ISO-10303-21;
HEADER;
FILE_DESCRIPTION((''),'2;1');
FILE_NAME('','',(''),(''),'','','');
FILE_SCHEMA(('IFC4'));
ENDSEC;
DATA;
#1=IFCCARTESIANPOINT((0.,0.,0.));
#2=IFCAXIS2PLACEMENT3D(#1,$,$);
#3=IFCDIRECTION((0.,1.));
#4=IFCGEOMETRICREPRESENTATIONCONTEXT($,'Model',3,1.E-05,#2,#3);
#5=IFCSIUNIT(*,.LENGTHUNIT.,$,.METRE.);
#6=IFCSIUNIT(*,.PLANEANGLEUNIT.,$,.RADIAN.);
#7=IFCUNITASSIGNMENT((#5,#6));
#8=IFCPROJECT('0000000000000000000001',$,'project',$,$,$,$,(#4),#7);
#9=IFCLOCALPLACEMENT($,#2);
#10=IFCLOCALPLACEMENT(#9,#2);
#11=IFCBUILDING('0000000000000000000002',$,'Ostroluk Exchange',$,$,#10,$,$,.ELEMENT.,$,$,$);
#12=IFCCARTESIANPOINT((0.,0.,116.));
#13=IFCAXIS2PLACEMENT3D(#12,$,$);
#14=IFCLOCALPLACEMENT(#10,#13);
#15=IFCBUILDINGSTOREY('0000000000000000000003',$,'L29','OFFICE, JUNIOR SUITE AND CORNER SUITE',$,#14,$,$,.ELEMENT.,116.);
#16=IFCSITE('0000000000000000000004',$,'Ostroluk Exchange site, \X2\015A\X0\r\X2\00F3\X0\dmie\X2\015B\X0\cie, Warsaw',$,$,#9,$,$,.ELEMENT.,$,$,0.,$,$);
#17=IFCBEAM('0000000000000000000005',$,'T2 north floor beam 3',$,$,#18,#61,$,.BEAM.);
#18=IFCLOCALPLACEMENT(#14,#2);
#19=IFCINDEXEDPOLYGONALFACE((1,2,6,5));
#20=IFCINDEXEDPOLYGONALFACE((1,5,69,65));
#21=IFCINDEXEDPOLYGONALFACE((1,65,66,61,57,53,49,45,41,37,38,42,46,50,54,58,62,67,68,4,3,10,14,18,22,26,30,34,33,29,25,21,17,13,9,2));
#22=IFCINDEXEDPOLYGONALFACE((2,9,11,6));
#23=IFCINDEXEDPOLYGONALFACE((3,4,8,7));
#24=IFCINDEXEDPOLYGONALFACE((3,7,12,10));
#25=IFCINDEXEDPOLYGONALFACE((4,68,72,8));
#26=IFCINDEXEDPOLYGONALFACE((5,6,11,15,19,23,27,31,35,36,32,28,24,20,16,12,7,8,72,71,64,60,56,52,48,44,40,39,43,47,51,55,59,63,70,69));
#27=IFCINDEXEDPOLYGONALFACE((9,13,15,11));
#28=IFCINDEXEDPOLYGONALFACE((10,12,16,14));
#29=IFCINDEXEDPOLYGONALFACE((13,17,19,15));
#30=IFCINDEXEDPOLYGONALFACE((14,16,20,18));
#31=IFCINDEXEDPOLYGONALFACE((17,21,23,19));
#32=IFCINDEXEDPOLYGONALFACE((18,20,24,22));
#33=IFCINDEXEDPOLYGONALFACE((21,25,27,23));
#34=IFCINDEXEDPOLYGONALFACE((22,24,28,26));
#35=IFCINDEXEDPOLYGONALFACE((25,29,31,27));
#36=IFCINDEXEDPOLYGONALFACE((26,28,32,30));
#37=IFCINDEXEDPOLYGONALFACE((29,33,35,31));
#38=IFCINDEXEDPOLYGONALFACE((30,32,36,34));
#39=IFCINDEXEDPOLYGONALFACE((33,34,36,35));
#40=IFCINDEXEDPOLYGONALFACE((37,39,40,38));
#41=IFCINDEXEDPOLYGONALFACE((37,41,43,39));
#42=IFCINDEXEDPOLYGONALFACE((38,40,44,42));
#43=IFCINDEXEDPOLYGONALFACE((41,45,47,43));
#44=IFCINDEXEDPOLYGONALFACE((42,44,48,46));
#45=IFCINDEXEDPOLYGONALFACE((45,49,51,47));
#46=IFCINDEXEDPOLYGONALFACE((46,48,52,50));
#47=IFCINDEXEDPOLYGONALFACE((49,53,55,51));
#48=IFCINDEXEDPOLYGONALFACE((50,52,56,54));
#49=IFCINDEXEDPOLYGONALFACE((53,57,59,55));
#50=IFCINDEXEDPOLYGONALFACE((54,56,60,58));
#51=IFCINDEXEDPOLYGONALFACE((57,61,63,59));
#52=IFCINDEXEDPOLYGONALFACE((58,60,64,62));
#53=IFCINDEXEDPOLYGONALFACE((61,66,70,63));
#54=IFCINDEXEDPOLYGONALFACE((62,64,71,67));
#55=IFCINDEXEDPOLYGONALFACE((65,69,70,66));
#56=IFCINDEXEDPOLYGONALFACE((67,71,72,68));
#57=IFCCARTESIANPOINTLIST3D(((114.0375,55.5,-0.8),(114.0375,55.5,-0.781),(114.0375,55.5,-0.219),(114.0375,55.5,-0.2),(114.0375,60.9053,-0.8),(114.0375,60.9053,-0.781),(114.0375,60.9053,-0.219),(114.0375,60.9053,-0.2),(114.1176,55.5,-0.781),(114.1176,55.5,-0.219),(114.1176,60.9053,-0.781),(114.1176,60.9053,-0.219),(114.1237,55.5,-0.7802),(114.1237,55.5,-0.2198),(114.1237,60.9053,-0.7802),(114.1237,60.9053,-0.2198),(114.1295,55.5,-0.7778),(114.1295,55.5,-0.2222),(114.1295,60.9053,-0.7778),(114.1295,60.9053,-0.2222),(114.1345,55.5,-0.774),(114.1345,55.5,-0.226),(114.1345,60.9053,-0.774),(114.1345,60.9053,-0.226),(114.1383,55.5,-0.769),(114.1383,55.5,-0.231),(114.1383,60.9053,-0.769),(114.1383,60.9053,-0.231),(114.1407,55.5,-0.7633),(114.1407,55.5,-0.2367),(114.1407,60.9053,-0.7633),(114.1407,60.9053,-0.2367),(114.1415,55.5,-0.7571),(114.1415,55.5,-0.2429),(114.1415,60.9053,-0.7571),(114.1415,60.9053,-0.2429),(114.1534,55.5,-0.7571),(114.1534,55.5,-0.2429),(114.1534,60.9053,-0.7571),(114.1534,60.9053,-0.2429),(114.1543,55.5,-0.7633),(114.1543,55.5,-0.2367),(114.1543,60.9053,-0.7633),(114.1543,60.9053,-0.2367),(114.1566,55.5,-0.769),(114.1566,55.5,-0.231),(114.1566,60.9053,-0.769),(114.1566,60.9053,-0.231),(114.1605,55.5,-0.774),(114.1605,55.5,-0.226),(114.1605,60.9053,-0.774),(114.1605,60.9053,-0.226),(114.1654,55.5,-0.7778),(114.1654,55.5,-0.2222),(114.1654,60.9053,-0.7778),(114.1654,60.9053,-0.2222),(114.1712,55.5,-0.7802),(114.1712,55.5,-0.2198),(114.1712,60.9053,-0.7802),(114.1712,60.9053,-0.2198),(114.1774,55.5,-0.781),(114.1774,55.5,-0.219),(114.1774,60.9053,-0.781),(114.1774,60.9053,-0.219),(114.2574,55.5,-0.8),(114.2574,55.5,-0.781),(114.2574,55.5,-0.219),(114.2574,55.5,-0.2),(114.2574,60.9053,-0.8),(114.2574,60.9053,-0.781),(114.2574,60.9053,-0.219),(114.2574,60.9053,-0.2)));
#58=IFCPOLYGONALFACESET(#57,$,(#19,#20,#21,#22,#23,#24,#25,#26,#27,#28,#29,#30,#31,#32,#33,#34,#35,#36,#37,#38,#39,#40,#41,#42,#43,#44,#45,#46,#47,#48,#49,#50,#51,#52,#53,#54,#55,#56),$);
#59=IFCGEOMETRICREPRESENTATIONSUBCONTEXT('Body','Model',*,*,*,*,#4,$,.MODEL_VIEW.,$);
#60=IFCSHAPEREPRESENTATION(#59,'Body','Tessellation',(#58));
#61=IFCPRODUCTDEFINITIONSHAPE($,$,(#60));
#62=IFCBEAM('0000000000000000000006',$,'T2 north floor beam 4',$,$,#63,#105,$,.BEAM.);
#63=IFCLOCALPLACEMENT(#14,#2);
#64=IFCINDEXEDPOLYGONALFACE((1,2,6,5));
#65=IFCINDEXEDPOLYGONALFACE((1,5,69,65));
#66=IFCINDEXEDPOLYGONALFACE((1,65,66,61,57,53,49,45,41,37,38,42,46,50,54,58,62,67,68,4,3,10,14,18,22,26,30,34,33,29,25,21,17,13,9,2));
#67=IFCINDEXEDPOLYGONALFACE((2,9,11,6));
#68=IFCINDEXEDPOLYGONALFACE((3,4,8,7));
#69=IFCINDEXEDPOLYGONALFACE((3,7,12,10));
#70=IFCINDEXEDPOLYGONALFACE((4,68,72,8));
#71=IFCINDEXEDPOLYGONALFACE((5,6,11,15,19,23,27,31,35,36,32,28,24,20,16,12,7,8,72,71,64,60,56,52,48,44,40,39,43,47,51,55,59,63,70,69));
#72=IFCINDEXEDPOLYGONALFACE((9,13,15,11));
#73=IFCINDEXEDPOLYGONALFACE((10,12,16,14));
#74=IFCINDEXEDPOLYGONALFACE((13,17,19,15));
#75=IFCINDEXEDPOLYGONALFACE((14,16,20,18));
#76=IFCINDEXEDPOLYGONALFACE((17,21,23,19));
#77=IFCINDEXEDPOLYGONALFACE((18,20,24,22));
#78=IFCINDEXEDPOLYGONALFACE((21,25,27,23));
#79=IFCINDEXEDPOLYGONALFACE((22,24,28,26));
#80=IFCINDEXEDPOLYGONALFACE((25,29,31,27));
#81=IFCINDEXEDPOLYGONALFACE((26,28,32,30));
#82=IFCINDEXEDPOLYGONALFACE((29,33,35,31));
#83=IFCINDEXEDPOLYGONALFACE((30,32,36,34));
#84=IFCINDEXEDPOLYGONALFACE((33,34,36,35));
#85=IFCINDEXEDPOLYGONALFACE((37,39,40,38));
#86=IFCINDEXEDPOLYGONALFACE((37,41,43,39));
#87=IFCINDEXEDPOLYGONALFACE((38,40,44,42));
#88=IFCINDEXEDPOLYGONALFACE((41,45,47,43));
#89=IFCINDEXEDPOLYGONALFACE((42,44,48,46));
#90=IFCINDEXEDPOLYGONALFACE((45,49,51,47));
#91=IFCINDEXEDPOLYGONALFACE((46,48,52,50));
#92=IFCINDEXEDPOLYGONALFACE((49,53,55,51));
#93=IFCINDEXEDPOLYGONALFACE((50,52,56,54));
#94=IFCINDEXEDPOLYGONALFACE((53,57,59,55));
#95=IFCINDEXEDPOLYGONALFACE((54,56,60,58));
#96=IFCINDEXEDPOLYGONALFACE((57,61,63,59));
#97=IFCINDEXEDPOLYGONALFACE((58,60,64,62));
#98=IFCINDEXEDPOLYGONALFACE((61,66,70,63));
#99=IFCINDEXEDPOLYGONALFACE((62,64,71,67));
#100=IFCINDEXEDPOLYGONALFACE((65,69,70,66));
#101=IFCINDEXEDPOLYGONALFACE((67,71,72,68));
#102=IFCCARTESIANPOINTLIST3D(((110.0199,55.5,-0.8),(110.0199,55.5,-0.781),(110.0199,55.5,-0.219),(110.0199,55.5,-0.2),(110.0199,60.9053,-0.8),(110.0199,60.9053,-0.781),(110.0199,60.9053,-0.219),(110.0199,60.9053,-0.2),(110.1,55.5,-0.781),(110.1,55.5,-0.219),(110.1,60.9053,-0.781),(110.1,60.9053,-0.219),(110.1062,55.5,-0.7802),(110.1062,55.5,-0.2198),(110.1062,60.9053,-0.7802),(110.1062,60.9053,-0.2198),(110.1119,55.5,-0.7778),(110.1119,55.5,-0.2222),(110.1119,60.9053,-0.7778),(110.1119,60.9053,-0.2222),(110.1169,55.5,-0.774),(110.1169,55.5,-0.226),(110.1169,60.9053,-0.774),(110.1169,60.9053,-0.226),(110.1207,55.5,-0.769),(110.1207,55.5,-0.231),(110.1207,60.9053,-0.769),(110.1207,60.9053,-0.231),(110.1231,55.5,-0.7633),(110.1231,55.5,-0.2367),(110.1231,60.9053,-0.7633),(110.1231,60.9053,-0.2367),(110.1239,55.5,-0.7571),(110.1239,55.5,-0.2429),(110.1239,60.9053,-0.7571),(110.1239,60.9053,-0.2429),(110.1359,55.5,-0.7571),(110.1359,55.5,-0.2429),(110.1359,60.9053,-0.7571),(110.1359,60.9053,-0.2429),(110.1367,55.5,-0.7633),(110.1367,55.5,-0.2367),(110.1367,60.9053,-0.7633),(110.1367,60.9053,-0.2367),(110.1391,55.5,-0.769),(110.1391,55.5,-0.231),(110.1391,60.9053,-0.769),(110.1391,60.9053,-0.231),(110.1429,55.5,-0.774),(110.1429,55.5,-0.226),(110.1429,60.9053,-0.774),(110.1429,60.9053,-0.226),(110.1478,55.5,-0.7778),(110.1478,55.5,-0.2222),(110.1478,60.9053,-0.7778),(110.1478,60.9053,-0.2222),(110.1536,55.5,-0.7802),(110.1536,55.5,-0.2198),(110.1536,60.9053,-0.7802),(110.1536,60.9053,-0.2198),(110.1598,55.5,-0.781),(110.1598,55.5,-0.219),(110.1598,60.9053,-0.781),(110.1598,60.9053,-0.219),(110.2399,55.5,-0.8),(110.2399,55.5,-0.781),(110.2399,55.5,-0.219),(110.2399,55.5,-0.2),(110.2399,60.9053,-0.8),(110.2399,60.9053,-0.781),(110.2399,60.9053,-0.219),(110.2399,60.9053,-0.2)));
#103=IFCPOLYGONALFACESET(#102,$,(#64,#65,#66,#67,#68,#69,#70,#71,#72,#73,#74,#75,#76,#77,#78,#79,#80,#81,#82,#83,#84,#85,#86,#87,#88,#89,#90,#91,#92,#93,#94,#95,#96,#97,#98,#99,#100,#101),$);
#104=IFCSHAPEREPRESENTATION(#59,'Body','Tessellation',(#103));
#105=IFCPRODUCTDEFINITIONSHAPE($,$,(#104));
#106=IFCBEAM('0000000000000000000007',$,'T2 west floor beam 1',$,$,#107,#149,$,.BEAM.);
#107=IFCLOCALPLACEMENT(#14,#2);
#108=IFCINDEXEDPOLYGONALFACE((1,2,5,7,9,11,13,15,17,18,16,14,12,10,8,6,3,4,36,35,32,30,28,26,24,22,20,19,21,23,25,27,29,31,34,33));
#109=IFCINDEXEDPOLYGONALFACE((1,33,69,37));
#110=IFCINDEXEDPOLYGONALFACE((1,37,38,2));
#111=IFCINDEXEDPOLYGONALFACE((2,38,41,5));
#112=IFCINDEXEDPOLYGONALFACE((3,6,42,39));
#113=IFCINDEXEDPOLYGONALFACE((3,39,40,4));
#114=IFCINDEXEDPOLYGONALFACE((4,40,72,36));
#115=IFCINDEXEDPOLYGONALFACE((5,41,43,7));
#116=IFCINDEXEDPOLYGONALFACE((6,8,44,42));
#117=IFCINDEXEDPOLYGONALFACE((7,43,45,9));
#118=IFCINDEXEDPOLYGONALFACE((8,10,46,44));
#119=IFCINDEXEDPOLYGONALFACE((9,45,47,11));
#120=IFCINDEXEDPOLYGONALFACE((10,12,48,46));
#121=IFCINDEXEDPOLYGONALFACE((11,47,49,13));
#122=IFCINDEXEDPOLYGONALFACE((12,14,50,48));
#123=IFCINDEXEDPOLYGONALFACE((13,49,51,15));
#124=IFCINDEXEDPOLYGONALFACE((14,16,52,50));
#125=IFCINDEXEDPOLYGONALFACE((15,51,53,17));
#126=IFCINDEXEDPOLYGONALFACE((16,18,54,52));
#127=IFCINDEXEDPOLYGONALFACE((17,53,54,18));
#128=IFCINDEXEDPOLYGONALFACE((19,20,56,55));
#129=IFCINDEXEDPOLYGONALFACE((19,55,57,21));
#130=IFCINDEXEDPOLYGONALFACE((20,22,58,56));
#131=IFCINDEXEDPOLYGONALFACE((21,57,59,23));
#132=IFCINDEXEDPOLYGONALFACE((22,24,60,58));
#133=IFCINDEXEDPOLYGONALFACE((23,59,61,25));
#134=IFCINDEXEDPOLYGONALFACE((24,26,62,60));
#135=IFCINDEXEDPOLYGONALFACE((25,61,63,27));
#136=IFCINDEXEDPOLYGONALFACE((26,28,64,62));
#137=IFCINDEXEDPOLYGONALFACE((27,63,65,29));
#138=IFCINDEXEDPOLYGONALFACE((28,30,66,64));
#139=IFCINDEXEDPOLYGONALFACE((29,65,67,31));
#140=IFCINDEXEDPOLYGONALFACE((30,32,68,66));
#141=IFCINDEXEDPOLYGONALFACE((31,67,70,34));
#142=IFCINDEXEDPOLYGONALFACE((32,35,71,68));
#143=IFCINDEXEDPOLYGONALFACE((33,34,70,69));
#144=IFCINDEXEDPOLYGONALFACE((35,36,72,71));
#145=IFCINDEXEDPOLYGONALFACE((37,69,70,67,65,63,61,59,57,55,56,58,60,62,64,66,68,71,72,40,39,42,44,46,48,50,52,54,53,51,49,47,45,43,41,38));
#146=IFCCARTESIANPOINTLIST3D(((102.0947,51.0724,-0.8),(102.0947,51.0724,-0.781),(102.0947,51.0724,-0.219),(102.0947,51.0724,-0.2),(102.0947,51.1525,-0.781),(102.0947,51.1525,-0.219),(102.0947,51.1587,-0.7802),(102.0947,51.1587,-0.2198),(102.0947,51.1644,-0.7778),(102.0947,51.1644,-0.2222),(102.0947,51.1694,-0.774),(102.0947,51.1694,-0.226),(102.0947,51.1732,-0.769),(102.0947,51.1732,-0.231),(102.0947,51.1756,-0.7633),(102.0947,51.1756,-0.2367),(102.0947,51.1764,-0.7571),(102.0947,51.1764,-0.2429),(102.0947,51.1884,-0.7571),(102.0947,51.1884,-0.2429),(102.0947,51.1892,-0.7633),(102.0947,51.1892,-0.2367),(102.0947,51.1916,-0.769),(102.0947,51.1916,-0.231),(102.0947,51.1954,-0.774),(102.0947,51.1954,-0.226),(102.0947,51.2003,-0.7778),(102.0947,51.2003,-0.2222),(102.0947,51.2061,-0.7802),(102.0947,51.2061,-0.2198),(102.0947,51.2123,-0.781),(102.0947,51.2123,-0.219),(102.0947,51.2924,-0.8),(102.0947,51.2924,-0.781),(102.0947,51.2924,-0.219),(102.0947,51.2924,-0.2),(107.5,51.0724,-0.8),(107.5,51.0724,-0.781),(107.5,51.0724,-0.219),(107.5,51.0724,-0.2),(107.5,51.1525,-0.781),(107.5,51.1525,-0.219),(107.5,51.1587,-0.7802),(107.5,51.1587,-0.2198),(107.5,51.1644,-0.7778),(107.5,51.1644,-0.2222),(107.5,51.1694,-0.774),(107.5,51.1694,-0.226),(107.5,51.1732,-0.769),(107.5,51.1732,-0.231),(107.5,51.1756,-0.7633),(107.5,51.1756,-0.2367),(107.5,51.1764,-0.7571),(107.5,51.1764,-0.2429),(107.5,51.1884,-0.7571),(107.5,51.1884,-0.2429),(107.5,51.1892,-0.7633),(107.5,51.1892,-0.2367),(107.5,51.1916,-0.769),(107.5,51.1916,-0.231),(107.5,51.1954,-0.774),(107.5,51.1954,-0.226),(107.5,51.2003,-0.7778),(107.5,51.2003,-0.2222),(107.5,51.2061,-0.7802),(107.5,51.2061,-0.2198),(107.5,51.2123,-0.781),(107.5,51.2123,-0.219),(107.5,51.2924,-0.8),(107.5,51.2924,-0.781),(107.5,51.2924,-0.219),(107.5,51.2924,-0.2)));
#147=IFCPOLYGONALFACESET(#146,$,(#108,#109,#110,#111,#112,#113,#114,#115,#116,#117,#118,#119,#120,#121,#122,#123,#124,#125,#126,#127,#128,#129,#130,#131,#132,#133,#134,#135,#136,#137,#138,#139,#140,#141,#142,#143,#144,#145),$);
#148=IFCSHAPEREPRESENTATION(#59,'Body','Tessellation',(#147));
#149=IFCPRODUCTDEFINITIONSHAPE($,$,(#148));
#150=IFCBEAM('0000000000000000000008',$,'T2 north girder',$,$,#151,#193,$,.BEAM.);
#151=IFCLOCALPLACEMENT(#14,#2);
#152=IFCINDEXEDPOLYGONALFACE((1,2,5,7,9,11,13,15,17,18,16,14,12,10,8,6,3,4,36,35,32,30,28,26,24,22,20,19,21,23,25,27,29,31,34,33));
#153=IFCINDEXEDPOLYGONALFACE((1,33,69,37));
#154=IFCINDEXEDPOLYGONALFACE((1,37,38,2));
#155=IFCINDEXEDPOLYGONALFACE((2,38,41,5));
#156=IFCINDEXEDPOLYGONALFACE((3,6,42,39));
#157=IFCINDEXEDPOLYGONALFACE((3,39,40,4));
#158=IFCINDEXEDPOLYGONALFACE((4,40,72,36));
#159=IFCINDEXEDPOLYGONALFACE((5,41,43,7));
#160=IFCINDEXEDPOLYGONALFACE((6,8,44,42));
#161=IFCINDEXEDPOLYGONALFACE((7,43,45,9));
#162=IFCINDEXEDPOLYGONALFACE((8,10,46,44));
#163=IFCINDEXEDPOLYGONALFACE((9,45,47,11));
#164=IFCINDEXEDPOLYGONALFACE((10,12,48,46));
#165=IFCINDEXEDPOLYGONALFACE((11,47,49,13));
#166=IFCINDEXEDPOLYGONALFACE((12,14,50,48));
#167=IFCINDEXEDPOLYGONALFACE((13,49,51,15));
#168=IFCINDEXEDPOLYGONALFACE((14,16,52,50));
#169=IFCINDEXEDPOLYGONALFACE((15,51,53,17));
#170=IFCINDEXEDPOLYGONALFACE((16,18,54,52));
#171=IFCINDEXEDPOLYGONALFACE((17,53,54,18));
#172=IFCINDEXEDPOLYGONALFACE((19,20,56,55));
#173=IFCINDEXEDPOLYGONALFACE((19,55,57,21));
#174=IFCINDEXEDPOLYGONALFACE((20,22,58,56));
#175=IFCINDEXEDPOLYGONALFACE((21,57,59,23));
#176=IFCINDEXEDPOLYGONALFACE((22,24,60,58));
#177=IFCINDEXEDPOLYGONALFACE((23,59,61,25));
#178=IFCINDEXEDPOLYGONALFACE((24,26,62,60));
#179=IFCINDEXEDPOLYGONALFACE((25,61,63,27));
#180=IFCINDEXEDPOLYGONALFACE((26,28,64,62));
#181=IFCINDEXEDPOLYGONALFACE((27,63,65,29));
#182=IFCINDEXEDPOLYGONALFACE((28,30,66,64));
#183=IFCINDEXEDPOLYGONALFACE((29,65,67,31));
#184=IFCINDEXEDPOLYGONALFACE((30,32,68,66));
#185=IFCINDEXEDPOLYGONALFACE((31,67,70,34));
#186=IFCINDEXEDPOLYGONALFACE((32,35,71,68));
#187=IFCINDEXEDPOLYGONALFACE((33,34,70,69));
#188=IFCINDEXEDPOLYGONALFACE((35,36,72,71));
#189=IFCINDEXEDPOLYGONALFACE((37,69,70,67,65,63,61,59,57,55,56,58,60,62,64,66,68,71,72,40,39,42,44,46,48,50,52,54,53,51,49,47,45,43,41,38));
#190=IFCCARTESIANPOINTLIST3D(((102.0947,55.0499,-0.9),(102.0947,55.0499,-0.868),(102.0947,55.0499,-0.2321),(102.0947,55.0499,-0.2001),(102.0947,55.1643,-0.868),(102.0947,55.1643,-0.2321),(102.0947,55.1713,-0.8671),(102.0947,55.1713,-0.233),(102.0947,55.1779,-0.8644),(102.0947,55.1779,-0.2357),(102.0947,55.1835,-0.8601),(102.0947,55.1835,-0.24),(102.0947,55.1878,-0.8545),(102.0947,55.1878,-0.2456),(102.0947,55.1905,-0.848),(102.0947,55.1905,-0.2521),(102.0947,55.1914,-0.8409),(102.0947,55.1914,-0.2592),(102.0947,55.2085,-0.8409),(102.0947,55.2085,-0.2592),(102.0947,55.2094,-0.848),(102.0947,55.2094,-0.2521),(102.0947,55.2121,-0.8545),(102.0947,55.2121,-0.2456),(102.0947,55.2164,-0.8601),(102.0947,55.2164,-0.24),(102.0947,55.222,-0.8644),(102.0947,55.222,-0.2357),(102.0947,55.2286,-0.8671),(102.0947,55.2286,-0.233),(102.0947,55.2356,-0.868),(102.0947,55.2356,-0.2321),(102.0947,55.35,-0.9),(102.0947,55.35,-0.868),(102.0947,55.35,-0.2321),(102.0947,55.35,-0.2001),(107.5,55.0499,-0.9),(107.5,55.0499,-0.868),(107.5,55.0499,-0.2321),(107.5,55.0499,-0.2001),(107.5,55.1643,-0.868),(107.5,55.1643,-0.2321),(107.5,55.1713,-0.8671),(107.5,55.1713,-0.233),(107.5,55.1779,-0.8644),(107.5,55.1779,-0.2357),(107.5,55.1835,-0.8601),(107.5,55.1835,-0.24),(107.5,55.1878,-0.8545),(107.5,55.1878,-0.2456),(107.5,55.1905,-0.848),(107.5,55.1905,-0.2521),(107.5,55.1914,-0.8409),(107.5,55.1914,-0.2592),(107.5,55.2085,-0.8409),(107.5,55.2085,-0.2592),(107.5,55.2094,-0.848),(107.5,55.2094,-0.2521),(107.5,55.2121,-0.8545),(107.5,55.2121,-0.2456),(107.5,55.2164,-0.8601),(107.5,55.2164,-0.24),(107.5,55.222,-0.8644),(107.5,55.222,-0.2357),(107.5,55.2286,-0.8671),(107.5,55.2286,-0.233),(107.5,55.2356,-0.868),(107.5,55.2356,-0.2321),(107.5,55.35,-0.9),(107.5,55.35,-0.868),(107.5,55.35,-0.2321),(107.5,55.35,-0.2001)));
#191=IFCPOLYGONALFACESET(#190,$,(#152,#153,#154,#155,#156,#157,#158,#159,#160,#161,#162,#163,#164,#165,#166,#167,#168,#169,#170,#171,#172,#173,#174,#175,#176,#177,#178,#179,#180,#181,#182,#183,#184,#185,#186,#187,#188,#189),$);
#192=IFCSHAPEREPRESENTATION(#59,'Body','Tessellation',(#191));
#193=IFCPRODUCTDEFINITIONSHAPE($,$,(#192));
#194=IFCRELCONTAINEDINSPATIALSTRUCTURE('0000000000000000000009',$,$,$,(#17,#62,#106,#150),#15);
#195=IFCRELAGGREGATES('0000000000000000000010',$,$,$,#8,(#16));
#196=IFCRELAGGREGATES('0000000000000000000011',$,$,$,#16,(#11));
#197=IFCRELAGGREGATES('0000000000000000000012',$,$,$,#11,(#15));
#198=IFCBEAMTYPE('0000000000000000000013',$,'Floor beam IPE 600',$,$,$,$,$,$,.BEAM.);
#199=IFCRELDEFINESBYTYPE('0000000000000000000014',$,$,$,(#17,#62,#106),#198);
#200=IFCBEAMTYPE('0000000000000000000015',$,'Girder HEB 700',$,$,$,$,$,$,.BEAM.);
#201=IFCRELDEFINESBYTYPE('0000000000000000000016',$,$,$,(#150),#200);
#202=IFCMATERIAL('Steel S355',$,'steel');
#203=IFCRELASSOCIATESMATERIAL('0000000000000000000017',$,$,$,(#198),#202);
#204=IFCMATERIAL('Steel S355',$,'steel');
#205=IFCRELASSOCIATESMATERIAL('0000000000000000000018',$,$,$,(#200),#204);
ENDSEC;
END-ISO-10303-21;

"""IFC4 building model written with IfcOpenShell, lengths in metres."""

from ifc_helpers import new_model, si_unit, direction, frame, origin, origin_2d, place, context, subcontext, project, spatial, i_section, extrude, material, material_profile, profile_set, type_object, element, save


model = new_model("IFC4")

# Units and contexts
model_context = context("Model", 3, precision=1e-05, world=origin(), true_north=direction((0.0, 1.0)))
body_context = subcontext(model_context, "Body", "Model", "MODEL_VIEW")
ifc_project = project(units=[si_unit("LENGTHUNIT", "METRE"), si_unit("PLANEANGLEUNIT", "RADIAN")], contexts=[model_context])

# Site, building, storey
site_placement = place(None, origin())
site = spatial("IfcSite", under=ifc_project, at=site_placement, Name="Ostroluk Exchange site, Śródmieście, Warsaw", CompositionType="ELEMENT", RefElevation=0.0)
building_placement = place(site_placement, origin())
building = spatial("IfcBuilding", under=site, at=building_placement, Name="Ostroluk Exchange", CompositionType="ELEMENT")
storey_placement = place(building_placement, frame((0.0, 0.0, 116.0)))
storey = spatial("IfcBuildingStorey", under=building, at=storey_placement, Name="L29", Description="OFFICE, JUNIOR SUITE AND CORNER SUITE", CompositionType="ELEMENT", Elevation=116.0)

# Beams
ifc_material_1 = material(Name="Steel S355", Category="steel")
ifc_material_profile_1 = material_profile(ifc_material_1, i_section(OverallWidth=0.22, OverallDepth=0.6001, WebThickness=0.012, FlangeThickness=0.019, FilletRadius=0.0239, at=origin_2d()), Name="IPE 600")
ifc_profile_set_1 = profile_set([ifc_material_profile_1], Name="Steel S355")
beam_type_1 = type_object("IfcBeamType", Name="Floor beam IPE 600", PredefinedType="BEAM", material=ifc_profile_set_1)
for number, where, z_axis, x_axis, name in (
    (1, (114.1475, 55.5, -0.5), (0.0, 1.0, 0.0), (-1.0, 0.0, 0.0), "T2 north floor beam 3"),
    (2, (110.1299, 55.5, -0.5), (0.0, 1.0, 0.0), (-1.0, 0.0, 0.0), "T2 north floor beam 4"),
    (3, (107.5, 51.1824, -0.5), (-1.0, 0.0, 0.0), (0.0, -1.0, 0.0), "T2 west floor beam 1"),
):
    element("IfcBeam", number, at=place(storey_placement, frame(where, z_axis=z_axis, x_axis=x_axis)), inside=storey, type_object=beam_type_1, Name=name, PredefinedType="BEAM", context=body_context, shape_type="SweptSolid", body=[
        extrude(i_section(OverallWidth=0.22, OverallDepth=0.6001, WebThickness=0.012, FlangeThickness=0.019, FilletRadius=0.0239, at=origin_2d()), origin(), (0.0, 0.0, 1.0), 5.4053),
    ])
ifc_material_2 = material(Name="Steel S355", Category="steel")
ifc_material_profile_2 = material_profile(ifc_material_2, i_section(OverallWidth=0.3, OverallDepth=0.7, WebThickness=0.0171, FlangeThickness=0.032, FilletRadius=0.0271, at=origin_2d()), Name="HEB 700")
ifc_profile_set_2 = profile_set([ifc_material_profile_2], Name="Steel S355")
beam_type_2 = type_object("IfcBeamType", Name="Girder HEB 700", PredefinedType="BEAM", material=ifc_profile_set_2)
beam_placement = place(storey_placement, frame((107.5, 55.2, -0.55), z_axis=(-1.0, 0.0, 0.0), x_axis=(0.0, -1.0, 0.0)))
element("IfcBeam", 4, at=beam_placement, inside=storey, type_object=beam_type_2, Name="T2 north girder", PredefinedType="BEAM", context=body_context, shape_type="SweptSolid", body=[
    extrude(i_section(OverallWidth=0.3, OverallDepth=0.7, WebThickness=0.0171, FlangeThickness=0.032, FilletRadius=0.0271, at=origin_2d()), origin(), (0.0, 0.0, 1.0), 5.4053),
])

save(model, "model.ifc")
